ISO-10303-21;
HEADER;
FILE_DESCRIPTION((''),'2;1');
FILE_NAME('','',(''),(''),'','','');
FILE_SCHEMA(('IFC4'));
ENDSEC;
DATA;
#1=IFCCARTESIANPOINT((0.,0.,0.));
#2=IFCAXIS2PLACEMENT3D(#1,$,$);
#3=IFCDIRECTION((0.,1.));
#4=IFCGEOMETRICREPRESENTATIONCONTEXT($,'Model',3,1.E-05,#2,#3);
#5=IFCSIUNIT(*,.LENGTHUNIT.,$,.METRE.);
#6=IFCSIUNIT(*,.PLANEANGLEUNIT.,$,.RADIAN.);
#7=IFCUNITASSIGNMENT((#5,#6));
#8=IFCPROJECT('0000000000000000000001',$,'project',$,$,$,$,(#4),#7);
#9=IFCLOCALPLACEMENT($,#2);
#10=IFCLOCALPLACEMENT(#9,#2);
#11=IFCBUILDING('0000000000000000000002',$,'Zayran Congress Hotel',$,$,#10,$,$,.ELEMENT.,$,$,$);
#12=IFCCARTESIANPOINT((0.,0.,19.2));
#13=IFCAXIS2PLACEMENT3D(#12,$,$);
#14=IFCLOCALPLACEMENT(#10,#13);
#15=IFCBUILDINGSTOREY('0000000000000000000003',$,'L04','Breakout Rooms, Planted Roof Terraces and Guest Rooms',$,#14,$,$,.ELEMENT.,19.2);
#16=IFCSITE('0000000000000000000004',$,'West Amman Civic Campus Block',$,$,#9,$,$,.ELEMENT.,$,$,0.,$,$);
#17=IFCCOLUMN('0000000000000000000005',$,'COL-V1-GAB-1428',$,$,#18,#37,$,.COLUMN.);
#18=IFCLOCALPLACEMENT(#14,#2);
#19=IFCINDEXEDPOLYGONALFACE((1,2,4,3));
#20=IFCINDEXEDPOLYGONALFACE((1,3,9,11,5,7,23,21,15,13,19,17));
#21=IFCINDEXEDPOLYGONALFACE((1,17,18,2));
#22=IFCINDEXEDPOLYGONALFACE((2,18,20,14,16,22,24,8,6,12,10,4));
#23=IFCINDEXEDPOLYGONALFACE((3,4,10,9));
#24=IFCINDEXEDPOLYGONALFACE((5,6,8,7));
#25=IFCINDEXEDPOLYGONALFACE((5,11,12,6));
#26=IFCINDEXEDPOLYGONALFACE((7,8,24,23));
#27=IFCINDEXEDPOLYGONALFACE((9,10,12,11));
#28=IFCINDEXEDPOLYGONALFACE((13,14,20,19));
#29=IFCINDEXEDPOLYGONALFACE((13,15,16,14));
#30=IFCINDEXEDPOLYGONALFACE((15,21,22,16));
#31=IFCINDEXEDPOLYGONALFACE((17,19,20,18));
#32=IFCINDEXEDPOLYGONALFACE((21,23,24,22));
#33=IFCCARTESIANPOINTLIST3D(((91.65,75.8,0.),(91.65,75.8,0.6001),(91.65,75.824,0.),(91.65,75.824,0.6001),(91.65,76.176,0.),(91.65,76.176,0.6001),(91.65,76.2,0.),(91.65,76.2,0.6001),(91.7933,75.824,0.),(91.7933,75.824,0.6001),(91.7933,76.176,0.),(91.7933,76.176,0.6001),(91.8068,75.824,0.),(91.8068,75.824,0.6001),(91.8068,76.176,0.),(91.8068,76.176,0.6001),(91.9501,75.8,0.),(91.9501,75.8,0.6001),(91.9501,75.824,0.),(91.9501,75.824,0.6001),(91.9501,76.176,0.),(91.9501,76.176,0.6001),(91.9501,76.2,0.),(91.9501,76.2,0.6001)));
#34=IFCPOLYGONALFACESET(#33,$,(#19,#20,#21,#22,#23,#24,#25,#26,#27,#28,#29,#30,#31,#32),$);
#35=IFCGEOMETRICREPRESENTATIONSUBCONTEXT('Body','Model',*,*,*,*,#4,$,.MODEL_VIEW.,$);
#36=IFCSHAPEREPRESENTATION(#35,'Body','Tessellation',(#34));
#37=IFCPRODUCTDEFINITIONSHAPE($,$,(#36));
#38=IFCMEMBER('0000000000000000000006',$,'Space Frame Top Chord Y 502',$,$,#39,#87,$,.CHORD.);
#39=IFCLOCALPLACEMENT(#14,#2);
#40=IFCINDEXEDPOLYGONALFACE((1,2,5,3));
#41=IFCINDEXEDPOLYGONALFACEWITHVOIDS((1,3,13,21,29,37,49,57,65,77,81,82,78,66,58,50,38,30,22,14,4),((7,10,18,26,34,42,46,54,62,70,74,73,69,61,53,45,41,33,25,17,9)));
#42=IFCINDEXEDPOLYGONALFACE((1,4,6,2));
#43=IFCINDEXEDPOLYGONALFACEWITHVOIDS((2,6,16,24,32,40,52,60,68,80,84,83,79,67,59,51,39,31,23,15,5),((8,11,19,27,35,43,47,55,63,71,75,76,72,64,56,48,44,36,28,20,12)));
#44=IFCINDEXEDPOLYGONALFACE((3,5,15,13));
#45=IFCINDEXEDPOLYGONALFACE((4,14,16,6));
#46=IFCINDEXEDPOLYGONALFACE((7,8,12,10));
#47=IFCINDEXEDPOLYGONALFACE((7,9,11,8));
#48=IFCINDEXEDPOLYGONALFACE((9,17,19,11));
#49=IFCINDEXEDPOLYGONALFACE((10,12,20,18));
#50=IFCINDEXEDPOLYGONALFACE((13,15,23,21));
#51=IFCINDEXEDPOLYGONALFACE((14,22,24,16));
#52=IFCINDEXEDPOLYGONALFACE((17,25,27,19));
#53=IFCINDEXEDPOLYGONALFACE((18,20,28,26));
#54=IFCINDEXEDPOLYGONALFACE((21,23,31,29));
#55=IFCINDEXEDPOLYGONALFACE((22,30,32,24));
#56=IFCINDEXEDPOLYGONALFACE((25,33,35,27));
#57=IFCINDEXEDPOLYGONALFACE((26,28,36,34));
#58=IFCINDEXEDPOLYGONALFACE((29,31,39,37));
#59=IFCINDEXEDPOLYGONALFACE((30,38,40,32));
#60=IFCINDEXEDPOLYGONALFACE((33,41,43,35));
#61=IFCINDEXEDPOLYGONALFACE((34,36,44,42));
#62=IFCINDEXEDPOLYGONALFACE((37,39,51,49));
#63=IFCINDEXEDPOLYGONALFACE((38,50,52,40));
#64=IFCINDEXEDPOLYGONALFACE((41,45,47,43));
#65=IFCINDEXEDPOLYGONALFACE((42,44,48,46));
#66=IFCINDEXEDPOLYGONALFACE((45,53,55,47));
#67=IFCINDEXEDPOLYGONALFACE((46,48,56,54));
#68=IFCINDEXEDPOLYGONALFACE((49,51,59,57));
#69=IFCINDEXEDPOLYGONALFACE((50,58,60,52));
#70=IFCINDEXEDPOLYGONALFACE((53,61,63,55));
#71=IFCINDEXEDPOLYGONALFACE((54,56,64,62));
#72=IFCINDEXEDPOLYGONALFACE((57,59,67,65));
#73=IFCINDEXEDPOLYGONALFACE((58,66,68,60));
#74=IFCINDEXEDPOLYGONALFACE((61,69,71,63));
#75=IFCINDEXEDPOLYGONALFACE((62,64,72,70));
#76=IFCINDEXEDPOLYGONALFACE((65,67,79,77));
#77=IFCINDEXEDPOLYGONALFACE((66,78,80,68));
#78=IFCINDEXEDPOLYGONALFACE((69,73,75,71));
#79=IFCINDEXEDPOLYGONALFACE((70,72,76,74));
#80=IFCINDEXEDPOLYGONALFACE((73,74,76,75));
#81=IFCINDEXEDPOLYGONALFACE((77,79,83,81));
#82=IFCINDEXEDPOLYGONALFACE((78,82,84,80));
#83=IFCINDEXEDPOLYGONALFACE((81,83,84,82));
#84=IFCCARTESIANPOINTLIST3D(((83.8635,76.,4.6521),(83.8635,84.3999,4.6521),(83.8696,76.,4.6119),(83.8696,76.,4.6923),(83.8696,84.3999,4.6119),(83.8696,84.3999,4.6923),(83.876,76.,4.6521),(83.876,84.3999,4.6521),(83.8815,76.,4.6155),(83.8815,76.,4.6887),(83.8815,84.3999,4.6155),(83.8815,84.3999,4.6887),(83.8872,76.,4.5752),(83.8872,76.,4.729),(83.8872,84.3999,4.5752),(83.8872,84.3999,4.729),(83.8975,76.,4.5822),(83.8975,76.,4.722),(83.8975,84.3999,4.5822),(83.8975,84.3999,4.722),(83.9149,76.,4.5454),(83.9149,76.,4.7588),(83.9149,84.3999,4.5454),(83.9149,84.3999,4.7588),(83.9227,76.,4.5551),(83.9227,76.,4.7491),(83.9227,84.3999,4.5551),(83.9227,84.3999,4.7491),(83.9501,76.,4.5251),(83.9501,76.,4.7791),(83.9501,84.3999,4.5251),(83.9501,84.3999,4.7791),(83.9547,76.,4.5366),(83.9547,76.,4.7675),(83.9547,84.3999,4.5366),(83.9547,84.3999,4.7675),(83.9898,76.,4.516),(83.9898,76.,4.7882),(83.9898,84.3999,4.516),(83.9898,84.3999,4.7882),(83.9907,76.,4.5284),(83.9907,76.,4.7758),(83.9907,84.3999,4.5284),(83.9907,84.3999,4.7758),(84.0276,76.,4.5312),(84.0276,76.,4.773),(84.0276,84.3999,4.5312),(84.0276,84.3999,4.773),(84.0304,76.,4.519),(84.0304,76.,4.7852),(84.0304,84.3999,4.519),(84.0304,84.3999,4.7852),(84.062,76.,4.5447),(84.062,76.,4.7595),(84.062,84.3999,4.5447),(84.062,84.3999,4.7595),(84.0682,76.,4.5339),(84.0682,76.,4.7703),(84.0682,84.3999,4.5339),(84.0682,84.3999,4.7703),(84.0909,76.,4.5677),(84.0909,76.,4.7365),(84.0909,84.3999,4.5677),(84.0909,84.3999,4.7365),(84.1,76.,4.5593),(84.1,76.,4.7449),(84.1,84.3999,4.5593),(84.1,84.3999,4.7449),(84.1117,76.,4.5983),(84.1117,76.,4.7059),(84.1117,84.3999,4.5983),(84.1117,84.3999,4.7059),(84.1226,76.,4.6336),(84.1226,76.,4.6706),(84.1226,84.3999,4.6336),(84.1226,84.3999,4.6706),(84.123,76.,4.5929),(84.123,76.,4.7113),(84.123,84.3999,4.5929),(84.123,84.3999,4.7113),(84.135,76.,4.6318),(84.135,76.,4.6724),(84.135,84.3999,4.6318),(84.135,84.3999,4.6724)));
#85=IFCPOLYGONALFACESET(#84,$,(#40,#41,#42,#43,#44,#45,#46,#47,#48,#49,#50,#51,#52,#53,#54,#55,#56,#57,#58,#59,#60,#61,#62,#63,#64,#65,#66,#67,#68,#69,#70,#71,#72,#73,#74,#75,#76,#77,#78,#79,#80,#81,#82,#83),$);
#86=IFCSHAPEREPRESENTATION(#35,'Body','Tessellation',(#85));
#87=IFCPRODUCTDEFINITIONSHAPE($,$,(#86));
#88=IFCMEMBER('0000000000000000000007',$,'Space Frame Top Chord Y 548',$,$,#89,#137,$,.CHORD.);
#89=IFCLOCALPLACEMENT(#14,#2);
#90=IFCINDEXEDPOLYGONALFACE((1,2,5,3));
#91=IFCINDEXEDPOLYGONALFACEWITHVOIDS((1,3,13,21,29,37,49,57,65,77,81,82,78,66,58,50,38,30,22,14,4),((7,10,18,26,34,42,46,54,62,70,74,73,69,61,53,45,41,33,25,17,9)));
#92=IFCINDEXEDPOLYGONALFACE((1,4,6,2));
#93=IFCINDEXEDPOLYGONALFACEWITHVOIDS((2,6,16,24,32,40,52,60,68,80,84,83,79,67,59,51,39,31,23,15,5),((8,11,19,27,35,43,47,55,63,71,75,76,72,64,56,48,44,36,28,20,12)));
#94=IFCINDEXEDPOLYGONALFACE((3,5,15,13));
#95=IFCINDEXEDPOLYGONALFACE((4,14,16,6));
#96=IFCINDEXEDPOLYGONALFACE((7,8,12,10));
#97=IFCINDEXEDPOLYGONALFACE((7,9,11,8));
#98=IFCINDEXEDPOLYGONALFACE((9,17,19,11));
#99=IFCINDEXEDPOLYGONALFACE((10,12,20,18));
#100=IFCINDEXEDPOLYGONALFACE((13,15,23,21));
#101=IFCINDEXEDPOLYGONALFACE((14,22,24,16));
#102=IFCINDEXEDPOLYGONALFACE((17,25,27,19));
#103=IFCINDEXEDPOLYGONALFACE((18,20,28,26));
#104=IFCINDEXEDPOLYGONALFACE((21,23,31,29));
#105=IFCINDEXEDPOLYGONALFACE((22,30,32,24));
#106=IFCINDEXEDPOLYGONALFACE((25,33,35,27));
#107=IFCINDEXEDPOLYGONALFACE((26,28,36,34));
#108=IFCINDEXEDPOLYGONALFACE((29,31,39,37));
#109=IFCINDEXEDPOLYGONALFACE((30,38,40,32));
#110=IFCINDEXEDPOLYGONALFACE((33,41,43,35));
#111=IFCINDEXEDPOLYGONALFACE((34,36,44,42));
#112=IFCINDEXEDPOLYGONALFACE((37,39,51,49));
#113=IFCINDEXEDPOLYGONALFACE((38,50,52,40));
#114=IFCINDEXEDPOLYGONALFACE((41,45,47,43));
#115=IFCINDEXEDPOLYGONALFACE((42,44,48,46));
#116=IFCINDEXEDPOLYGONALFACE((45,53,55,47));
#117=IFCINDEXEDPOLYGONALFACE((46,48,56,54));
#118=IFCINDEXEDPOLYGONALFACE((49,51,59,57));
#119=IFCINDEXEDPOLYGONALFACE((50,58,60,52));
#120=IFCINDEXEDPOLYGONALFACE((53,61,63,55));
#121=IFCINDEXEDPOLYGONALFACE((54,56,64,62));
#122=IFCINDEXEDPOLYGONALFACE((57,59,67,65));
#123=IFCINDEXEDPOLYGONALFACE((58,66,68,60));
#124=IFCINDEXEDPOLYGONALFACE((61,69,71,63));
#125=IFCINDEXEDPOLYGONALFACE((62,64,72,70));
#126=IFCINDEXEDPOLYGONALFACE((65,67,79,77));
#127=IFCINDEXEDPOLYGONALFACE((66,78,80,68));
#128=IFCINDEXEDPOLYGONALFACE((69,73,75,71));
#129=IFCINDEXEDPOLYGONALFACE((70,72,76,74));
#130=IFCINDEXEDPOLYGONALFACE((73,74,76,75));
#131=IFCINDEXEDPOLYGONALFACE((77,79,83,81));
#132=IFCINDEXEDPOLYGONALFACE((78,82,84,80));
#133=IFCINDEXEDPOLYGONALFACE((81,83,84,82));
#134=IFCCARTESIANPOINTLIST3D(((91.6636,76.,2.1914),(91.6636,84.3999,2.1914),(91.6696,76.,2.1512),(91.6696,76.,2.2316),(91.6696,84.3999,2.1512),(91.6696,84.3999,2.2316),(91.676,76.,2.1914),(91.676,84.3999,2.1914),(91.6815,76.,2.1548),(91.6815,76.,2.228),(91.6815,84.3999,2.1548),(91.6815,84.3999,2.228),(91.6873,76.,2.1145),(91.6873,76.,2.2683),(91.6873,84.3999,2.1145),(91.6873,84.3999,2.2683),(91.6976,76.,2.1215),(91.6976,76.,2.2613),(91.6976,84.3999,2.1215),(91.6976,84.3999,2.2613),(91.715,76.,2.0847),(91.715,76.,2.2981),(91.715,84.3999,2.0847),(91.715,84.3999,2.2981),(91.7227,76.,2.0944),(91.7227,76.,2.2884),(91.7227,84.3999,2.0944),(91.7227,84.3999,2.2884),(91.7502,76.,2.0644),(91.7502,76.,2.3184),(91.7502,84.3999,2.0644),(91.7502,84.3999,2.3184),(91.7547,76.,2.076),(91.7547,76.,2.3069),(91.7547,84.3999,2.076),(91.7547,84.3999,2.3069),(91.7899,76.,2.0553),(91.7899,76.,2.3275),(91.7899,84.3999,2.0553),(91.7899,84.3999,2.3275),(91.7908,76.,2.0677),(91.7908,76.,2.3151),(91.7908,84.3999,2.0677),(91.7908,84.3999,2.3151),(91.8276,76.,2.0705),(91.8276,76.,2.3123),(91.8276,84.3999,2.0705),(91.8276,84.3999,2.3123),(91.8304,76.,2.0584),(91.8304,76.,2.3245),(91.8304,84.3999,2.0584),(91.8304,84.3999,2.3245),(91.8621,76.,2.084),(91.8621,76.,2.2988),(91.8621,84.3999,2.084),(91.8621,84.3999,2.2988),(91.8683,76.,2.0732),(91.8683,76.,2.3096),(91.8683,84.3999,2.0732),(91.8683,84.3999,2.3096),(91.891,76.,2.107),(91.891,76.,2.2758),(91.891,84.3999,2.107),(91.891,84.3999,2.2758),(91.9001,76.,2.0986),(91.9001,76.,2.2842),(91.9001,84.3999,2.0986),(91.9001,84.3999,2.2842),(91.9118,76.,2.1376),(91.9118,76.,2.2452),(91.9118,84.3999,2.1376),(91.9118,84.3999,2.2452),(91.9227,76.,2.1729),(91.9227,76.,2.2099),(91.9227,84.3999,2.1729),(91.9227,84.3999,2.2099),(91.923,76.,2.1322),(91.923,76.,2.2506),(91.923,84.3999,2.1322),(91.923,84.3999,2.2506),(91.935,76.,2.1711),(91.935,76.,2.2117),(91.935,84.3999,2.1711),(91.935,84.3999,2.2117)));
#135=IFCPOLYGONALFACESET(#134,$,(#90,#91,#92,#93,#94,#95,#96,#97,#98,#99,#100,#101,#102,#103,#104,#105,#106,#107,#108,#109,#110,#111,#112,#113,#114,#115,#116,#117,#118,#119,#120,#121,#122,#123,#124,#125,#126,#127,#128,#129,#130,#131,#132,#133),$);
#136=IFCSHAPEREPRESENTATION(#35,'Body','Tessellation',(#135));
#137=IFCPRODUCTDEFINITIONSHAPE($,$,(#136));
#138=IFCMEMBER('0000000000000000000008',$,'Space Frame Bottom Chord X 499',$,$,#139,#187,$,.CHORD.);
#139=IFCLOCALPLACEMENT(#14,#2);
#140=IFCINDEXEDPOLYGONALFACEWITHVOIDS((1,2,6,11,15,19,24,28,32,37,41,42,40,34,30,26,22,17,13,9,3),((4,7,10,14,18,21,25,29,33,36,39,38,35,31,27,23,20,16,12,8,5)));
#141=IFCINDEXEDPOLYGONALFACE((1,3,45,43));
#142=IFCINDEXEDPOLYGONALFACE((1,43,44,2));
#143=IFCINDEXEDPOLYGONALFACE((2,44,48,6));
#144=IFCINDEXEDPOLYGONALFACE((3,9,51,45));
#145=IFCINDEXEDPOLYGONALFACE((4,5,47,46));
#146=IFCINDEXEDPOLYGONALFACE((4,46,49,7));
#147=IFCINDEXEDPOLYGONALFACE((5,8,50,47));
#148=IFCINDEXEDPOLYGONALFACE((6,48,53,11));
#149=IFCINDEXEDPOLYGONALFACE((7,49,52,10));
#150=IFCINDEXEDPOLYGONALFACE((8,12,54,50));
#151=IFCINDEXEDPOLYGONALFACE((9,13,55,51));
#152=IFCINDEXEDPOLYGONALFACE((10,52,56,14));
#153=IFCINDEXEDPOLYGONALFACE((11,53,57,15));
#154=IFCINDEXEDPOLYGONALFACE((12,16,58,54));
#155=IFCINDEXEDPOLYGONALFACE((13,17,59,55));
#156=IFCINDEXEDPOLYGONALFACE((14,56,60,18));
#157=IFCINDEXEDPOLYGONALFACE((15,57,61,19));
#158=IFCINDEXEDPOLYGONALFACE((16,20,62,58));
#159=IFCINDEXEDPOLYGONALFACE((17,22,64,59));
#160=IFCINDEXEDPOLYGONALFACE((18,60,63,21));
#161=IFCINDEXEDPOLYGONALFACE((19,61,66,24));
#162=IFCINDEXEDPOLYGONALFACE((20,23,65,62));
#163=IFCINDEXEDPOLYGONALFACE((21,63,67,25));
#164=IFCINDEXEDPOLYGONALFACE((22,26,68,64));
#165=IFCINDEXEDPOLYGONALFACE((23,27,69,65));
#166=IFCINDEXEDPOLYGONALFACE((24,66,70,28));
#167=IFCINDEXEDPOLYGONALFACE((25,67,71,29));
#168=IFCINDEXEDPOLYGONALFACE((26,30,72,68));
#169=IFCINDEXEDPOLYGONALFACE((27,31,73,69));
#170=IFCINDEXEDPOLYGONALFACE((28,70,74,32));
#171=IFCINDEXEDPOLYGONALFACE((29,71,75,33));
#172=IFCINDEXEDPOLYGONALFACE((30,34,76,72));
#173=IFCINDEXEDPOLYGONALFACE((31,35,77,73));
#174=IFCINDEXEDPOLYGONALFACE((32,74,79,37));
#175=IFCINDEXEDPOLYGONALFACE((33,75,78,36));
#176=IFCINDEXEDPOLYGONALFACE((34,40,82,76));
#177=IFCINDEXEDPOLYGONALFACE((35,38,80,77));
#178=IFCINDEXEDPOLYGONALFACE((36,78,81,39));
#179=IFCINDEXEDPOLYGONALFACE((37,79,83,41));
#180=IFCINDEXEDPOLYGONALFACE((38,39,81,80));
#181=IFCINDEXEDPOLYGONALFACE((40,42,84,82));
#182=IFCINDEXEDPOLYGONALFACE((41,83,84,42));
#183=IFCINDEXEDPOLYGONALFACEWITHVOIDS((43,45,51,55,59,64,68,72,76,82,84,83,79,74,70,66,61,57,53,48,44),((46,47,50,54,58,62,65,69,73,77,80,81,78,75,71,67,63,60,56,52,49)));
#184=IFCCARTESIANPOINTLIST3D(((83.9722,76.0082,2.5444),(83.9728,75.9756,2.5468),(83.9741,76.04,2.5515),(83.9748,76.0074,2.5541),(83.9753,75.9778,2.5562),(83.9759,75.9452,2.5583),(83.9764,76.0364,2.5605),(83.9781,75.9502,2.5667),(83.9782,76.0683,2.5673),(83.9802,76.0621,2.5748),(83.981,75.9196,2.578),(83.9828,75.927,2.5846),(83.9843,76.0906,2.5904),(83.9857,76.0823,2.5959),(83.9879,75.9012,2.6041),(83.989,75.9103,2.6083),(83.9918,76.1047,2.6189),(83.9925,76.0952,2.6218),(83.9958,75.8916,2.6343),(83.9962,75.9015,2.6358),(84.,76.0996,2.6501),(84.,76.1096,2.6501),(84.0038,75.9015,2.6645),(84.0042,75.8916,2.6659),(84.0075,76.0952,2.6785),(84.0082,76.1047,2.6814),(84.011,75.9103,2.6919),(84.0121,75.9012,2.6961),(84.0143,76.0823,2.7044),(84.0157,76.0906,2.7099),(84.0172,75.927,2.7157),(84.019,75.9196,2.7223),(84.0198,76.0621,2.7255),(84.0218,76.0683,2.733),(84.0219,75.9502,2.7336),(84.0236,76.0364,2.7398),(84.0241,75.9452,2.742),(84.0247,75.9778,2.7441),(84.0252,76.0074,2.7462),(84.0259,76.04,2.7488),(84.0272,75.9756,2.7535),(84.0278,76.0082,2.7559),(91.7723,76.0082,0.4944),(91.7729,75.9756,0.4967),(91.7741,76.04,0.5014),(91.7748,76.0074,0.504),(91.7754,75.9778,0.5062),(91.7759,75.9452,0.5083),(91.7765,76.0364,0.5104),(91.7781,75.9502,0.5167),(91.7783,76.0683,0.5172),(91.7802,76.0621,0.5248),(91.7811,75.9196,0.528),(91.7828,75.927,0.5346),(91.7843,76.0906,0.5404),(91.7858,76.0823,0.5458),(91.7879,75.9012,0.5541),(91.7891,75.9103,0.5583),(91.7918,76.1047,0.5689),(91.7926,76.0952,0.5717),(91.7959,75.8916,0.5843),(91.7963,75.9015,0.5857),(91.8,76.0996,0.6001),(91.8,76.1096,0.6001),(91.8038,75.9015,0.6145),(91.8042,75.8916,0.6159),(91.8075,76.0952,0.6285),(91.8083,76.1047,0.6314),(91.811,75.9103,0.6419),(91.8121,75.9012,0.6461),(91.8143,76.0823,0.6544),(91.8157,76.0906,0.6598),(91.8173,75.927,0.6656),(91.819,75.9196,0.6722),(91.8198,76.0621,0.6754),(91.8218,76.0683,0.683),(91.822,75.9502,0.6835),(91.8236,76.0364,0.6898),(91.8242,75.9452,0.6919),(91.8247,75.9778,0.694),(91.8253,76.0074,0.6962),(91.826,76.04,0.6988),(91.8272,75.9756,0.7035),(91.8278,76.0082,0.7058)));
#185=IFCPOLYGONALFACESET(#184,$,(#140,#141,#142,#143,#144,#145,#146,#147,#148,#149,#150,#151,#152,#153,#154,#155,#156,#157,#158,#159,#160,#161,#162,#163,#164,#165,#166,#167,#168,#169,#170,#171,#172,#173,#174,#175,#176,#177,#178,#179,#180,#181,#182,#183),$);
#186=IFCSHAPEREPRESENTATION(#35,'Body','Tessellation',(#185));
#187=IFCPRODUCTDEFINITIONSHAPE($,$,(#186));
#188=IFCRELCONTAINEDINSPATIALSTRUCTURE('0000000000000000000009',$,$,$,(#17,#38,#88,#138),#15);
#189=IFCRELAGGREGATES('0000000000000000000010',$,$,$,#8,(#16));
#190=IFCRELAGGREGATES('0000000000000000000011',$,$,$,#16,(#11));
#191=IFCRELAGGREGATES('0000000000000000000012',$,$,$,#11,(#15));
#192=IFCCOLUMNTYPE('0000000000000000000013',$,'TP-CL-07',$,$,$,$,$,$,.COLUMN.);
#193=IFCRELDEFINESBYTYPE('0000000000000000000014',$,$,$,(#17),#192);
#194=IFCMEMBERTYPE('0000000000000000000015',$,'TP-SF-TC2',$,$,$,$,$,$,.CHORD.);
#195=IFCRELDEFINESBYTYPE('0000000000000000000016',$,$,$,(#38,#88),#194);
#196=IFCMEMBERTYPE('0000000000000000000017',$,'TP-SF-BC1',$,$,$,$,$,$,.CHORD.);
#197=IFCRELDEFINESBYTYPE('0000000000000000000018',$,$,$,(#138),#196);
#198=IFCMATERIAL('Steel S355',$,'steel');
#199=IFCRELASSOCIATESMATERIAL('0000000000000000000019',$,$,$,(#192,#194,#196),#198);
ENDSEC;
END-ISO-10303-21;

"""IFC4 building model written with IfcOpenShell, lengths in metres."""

from ifc_helpers import new_model, si_unit, direction, frame, origin, origin_2d, place, context, subcontext, project, spatial, hollow_circle, i_section, extrude, material, material_profile, profile_set, type_object, element, save


model = new_model("IFC4")

# Units and contexts
model_context = context("Model", 3, precision=1e-05, world=origin(), true_north=direction((0.0, 1.0)))
body_context = subcontext(model_context, "Body", "Model", "MODEL_VIEW")
ifc_project = project(units=[si_unit("LENGTHUNIT", "METRE"), si_unit("PLANEANGLEUNIT", "RADIAN")], contexts=[model_context])

# Site, building, storey
site_placement = place(None, origin())
site = spatial("IfcSite", under=ifc_project, at=site_placement, Name="West Amman Civic Campus Block", CompositionType="ELEMENT", RefElevation=0.0)
building_placement = place(site_placement, origin())
building = spatial("IfcBuilding", under=site, at=building_placement, Name="Zayran Congress Hotel", CompositionType="ELEMENT")
storey_placement = place(building_placement, frame((0.0, 0.0, 19.2)))
storey = spatial("IfcBuildingStorey", under=building, at=storey_placement, Name="L04", Description="Breakout Rooms, Planted Roof Terraces and Guest Rooms", CompositionType="ELEMENT", Elevation=19.2)

# Column
ifc_material = material(Name="Steel S355", Category="steel")
ifc_material_profile_1 = material_profile(ifc_material, i_section(OverallWidth=0.3, OverallDepth=0.3999, WebThickness=0.0134, FlangeThickness=0.0239, at=origin_2d()), Name="HEB 400")
ifc_profile_set_1 = profile_set([ifc_material_profile_1], Name="Steel S355")
column_type = type_object("IfcColumnType", Name="TP-CL-07", PredefinedType="COLUMN", material=ifc_profile_set_1)
column_placement = place(storey_placement, frame((91.8, 76.0, 0.0), z_axis=(0.0, 0.0, 1.0), x_axis=(1.0, 0.0, 0.0)))
element("IfcColumn", 1, at=column_placement, inside=storey, type_object=column_type, Name="COL-V1-GAB-1428", PredefinedType="COLUMN", context=body_context, shape_type="SweptSolid", body=[
    extrude(i_section(OverallWidth=0.3, OverallDepth=0.3999, WebThickness=0.0134, FlangeThickness=0.0239, at=origin_2d()), origin(), (0.0, 0.0, 1.0), 0.6001),
])

# Members
ifc_material_profile_2 = material_profile(ifc_material, hollow_circle(Radius=0.1365, WallThickness=0.0125, at=origin_2d()), Name="CHS 273x12.5")
ifc_profile_set_2 = profile_set([ifc_material_profile_2], Name="Steel S355")
member_type_1 = type_object("IfcMemberType", Name="TP-SF-TC2", PredefinedType="CHORD", material=ifc_profile_set_2)
for number, where, z_axis, x_axis, name in (
    (2, (84.0, 76.0, 4.6521), (0.0, 1.0, 0.0), (-1.0, 0.0, 0.0), "Space Frame Top Chord Y 502"),
    (3, (91.8, 76.0, 2.1914), (0.0, 1.0, 0.0), (-1.0, 0.0, 0.0), "Space Frame Top Chord Y 548"),
):
    element("IfcMember", number, at=place(storey_placement, frame(where, z_axis=z_axis, x_axis=x_axis)), inside=storey, type_object=member_type_1, Name=name, PredefinedType="CHORD", context=body_context, shape_type="SweptSolid", body=[
        extrude(hollow_circle(Radius=0.1365, WallThickness=0.0125, at=origin_2d()), origin(), (0.0, 0.0, 1.0), 8.3999),
    ])
ifc_material_profile_3 = material_profile(ifc_material, hollow_circle(Radius=0.1096, WallThickness=0.01, at=origin_2d()), Name="CHS 219.1x10")
ifc_profile_set_3 = profile_set([ifc_material_profile_3], Name="Steel S355")
member_type_2 = type_object("IfcMemberType", Name="TP-SF-BC1", PredefinedType="CHORD", material=ifc_profile_set_3)
member_1_placement = place(storey_placement, frame((84.0, 76.0, 2.6501), z_axis=(0.967154, 0.0, -0.254192), x_axis=(0.0, 1.0, 0.0)))
element("IfcMember", 4, at=member_1_placement, inside=storey, type_object=member_type_2, Name="Space Frame Bottom Chord X 499", PredefinedType="CHORD", context=body_context, shape_type="SweptSolid", body=[
    extrude(hollow_circle(Radius=0.1096, WallThickness=0.01, at=origin_2d()), origin(), (0.0, 0.0, 1.0), 8.0649),
])

save(model, "model.ifc")
